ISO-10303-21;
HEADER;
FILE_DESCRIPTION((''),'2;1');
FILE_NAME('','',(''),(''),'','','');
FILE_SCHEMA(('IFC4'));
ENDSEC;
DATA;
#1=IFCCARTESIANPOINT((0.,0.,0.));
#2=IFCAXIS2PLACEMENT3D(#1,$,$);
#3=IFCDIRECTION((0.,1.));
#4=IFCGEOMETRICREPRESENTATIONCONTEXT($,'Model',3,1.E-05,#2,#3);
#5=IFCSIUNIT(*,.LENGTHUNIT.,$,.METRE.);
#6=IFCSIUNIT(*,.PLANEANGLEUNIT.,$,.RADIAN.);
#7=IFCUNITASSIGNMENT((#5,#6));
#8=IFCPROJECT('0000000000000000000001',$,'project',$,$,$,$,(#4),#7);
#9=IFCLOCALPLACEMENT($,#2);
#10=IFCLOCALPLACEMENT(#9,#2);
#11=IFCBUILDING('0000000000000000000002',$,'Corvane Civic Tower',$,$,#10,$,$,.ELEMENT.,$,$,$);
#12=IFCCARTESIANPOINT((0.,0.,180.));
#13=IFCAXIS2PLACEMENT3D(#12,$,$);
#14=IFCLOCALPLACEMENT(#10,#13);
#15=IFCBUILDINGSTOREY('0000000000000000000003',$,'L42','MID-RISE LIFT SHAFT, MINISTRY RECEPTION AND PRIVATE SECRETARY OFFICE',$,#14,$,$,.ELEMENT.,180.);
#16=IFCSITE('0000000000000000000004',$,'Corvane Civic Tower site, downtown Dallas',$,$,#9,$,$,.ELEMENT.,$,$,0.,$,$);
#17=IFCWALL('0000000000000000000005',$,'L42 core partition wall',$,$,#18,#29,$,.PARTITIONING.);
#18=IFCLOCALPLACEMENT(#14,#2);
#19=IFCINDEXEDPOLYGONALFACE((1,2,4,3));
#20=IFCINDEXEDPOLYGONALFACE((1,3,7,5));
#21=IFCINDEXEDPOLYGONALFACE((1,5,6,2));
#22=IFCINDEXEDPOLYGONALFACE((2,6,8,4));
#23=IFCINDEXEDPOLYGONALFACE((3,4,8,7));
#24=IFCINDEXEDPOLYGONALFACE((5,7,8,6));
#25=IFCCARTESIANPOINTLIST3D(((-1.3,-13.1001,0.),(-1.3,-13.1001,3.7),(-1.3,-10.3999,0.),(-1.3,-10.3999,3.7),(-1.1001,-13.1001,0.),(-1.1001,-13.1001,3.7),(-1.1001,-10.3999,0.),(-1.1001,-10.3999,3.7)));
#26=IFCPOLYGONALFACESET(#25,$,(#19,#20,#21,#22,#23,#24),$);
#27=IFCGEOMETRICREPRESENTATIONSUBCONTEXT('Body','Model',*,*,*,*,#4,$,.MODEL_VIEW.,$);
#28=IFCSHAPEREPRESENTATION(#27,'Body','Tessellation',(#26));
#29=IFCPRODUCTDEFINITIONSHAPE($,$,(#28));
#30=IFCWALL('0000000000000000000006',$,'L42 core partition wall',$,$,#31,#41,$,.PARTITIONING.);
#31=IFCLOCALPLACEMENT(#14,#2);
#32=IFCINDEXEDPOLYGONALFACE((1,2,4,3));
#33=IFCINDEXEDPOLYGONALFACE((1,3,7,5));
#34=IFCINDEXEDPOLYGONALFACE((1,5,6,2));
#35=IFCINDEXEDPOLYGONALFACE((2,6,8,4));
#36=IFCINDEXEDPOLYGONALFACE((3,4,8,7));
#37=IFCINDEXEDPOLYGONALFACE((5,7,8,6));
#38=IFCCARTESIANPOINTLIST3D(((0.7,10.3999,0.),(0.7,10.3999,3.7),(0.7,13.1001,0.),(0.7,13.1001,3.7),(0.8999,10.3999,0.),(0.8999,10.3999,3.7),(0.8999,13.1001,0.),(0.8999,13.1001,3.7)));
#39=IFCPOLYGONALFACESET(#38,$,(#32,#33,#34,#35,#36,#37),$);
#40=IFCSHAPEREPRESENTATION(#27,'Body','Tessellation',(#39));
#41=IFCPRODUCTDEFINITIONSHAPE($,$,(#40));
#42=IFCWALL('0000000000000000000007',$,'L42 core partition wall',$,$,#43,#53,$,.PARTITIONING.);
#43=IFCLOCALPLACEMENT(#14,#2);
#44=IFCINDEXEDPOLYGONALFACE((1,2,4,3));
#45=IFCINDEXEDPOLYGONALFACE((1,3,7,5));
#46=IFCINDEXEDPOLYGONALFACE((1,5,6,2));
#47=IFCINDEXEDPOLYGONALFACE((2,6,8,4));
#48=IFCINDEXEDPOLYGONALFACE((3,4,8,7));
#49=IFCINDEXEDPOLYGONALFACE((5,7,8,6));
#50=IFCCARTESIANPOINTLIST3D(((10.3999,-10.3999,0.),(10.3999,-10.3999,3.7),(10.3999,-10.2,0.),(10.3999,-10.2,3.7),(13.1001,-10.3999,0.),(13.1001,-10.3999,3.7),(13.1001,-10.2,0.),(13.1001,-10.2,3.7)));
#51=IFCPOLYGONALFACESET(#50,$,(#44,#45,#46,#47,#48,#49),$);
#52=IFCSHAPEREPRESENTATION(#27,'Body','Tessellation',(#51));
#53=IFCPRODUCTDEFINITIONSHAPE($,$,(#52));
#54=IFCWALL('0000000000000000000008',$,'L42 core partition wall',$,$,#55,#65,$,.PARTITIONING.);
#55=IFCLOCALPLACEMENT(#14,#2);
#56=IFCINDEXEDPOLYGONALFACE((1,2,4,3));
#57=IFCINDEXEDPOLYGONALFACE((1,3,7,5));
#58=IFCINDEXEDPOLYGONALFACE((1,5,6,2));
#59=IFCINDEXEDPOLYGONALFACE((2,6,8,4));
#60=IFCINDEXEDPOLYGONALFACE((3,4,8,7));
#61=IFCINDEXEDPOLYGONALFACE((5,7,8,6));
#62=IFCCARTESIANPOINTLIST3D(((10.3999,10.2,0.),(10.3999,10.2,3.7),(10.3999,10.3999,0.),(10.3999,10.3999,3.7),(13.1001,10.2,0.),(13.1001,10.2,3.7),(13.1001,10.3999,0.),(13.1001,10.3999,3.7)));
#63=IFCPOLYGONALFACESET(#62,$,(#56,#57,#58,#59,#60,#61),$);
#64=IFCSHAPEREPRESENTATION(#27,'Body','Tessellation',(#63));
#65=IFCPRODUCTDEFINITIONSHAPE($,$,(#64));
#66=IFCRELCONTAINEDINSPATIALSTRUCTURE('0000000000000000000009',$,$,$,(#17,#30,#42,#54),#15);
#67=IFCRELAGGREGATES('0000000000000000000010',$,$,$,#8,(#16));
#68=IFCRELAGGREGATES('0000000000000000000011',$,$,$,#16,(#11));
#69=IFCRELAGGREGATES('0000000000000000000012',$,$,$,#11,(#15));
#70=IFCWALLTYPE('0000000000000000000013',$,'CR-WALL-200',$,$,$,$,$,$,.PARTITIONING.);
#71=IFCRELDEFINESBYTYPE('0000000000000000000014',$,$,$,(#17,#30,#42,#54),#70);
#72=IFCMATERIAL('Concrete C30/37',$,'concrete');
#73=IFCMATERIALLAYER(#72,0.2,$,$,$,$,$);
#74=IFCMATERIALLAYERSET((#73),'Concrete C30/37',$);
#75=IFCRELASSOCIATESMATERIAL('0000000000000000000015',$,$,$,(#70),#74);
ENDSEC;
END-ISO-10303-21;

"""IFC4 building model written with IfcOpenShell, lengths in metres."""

from ifc_helpers import new_model, si_unit, direction, frame, origin, place, context, subcontext, project, spatial, polyline, outline, extrude, material, layer, layer_set, type_object, element, save


model = new_model("IFC4")

# Units and contexts
model_context = context("Model", 3, precision=1e-05, world=origin(), true_north=direction((0.0, 1.0)))
body_context = subcontext(model_context, "Body", "Model", "MODEL_VIEW")
ifc_project = project(units=[si_unit("LENGTHUNIT", "METRE"), si_unit("PLANEANGLEUNIT", "RADIAN")], contexts=[model_context])

# Site, building, storey
site_placement = place(None, origin())
site = spatial("IfcSite", under=ifc_project, at=site_placement, Name="Corvane Civic Tower site, downtown Dallas", CompositionType="ELEMENT", RefElevation=0.0)
building_placement = place(site_placement, origin())
building = spatial("IfcBuilding", under=site, at=building_placement, Name="Corvane Civic Tower", CompositionType="ELEMENT")
storey_placement = place(building_placement, frame((0.0, 0.0, 180.0)))
storey = spatial("IfcBuildingStorey", under=building, at=storey_placement, Name="L42", Description="MID-RISE LIFT SHAFT, MINISTRY RECEPTION AND PRIVATE SECRETARY OFFICE", CompositionType="ELEMENT", Elevation=180.0)

# Shared definitions
ifc_material_1 = material(Name="Concrete C30/37", Category="concrete")
ifc_layer = layer(ifc_material_1, 0.2)
ifc_layer_set = layer_set([ifc_layer], Name="Concrete C30/37")
wall_type = type_object("IfcWallType", Name="CR-WALL-200", PredefinedType="PARTITIONING", material=ifc_layer_set)

# Walls
wall_1_placement = place(storey_placement, origin())
element("IfcWall", 1, at=wall_1_placement, inside=storey, type_object=wall_type, Name="L42 core partition wall", PredefinedType="PARTITIONING", context=body_context, shape_type="SweptSolid", body=[
    extrude(outline(polyline([(-1.1001, -13.1001), (-1.3, -13.1001), (-1.3, -10.3999), (-1.1001, -10.3999), (-1.1001, -13.1001)])), origin(), (0.0, 0.0, 1.0), 3.7),
])
wall_2_placement = place(storey_placement, origin())
element("IfcWall", 2, at=wall_2_placement, inside=storey, type_object=wall_type, Name="L42 core partition wall", PredefinedType="PARTITIONING", context=body_context, shape_type="SweptSolid", body=[
    extrude(outline(polyline([(0.8999, 10.3999), (0.7, 10.3999), (0.7, 13.1001), (0.8999, 13.1001), (0.8999, 10.3999)])), origin(), (0.0, 0.0, 1.0), 3.7),
])
wall_3_placement = place(storey_placement, origin())
element("IfcWall", 3, at=wall_3_placement, inside=storey, type_object=wall_type, Name="L42 core partition wall", PredefinedType="PARTITIONING", context=body_context, shape_type="SweptSolid", body=[
    extrude(outline(polyline([(13.1001, -10.3999), (10.3999, -10.3999), (10.3999, -10.2), (13.1001, -10.2), (13.1001, -10.3999)])), origin(), (0.0, 0.0, 1.0), 3.7),
])
wall_4_placement = place(storey_placement, origin())
element("IfcWall", 4, at=wall_4_placement, inside=storey, type_object=wall_type, Name="L42 core partition wall", PredefinedType="PARTITIONING", context=body_context, shape_type="SweptSolid", body=[
    extrude(outline(polyline([(10.3999, 10.2), (10.3999, 10.3999), (13.1001, 10.3999), (13.1001, 10.2), (10.3999, 10.2)])), origin(), (0.0, 0.0, 1.0), 3.7),
])

save(model, "model.ifc")
